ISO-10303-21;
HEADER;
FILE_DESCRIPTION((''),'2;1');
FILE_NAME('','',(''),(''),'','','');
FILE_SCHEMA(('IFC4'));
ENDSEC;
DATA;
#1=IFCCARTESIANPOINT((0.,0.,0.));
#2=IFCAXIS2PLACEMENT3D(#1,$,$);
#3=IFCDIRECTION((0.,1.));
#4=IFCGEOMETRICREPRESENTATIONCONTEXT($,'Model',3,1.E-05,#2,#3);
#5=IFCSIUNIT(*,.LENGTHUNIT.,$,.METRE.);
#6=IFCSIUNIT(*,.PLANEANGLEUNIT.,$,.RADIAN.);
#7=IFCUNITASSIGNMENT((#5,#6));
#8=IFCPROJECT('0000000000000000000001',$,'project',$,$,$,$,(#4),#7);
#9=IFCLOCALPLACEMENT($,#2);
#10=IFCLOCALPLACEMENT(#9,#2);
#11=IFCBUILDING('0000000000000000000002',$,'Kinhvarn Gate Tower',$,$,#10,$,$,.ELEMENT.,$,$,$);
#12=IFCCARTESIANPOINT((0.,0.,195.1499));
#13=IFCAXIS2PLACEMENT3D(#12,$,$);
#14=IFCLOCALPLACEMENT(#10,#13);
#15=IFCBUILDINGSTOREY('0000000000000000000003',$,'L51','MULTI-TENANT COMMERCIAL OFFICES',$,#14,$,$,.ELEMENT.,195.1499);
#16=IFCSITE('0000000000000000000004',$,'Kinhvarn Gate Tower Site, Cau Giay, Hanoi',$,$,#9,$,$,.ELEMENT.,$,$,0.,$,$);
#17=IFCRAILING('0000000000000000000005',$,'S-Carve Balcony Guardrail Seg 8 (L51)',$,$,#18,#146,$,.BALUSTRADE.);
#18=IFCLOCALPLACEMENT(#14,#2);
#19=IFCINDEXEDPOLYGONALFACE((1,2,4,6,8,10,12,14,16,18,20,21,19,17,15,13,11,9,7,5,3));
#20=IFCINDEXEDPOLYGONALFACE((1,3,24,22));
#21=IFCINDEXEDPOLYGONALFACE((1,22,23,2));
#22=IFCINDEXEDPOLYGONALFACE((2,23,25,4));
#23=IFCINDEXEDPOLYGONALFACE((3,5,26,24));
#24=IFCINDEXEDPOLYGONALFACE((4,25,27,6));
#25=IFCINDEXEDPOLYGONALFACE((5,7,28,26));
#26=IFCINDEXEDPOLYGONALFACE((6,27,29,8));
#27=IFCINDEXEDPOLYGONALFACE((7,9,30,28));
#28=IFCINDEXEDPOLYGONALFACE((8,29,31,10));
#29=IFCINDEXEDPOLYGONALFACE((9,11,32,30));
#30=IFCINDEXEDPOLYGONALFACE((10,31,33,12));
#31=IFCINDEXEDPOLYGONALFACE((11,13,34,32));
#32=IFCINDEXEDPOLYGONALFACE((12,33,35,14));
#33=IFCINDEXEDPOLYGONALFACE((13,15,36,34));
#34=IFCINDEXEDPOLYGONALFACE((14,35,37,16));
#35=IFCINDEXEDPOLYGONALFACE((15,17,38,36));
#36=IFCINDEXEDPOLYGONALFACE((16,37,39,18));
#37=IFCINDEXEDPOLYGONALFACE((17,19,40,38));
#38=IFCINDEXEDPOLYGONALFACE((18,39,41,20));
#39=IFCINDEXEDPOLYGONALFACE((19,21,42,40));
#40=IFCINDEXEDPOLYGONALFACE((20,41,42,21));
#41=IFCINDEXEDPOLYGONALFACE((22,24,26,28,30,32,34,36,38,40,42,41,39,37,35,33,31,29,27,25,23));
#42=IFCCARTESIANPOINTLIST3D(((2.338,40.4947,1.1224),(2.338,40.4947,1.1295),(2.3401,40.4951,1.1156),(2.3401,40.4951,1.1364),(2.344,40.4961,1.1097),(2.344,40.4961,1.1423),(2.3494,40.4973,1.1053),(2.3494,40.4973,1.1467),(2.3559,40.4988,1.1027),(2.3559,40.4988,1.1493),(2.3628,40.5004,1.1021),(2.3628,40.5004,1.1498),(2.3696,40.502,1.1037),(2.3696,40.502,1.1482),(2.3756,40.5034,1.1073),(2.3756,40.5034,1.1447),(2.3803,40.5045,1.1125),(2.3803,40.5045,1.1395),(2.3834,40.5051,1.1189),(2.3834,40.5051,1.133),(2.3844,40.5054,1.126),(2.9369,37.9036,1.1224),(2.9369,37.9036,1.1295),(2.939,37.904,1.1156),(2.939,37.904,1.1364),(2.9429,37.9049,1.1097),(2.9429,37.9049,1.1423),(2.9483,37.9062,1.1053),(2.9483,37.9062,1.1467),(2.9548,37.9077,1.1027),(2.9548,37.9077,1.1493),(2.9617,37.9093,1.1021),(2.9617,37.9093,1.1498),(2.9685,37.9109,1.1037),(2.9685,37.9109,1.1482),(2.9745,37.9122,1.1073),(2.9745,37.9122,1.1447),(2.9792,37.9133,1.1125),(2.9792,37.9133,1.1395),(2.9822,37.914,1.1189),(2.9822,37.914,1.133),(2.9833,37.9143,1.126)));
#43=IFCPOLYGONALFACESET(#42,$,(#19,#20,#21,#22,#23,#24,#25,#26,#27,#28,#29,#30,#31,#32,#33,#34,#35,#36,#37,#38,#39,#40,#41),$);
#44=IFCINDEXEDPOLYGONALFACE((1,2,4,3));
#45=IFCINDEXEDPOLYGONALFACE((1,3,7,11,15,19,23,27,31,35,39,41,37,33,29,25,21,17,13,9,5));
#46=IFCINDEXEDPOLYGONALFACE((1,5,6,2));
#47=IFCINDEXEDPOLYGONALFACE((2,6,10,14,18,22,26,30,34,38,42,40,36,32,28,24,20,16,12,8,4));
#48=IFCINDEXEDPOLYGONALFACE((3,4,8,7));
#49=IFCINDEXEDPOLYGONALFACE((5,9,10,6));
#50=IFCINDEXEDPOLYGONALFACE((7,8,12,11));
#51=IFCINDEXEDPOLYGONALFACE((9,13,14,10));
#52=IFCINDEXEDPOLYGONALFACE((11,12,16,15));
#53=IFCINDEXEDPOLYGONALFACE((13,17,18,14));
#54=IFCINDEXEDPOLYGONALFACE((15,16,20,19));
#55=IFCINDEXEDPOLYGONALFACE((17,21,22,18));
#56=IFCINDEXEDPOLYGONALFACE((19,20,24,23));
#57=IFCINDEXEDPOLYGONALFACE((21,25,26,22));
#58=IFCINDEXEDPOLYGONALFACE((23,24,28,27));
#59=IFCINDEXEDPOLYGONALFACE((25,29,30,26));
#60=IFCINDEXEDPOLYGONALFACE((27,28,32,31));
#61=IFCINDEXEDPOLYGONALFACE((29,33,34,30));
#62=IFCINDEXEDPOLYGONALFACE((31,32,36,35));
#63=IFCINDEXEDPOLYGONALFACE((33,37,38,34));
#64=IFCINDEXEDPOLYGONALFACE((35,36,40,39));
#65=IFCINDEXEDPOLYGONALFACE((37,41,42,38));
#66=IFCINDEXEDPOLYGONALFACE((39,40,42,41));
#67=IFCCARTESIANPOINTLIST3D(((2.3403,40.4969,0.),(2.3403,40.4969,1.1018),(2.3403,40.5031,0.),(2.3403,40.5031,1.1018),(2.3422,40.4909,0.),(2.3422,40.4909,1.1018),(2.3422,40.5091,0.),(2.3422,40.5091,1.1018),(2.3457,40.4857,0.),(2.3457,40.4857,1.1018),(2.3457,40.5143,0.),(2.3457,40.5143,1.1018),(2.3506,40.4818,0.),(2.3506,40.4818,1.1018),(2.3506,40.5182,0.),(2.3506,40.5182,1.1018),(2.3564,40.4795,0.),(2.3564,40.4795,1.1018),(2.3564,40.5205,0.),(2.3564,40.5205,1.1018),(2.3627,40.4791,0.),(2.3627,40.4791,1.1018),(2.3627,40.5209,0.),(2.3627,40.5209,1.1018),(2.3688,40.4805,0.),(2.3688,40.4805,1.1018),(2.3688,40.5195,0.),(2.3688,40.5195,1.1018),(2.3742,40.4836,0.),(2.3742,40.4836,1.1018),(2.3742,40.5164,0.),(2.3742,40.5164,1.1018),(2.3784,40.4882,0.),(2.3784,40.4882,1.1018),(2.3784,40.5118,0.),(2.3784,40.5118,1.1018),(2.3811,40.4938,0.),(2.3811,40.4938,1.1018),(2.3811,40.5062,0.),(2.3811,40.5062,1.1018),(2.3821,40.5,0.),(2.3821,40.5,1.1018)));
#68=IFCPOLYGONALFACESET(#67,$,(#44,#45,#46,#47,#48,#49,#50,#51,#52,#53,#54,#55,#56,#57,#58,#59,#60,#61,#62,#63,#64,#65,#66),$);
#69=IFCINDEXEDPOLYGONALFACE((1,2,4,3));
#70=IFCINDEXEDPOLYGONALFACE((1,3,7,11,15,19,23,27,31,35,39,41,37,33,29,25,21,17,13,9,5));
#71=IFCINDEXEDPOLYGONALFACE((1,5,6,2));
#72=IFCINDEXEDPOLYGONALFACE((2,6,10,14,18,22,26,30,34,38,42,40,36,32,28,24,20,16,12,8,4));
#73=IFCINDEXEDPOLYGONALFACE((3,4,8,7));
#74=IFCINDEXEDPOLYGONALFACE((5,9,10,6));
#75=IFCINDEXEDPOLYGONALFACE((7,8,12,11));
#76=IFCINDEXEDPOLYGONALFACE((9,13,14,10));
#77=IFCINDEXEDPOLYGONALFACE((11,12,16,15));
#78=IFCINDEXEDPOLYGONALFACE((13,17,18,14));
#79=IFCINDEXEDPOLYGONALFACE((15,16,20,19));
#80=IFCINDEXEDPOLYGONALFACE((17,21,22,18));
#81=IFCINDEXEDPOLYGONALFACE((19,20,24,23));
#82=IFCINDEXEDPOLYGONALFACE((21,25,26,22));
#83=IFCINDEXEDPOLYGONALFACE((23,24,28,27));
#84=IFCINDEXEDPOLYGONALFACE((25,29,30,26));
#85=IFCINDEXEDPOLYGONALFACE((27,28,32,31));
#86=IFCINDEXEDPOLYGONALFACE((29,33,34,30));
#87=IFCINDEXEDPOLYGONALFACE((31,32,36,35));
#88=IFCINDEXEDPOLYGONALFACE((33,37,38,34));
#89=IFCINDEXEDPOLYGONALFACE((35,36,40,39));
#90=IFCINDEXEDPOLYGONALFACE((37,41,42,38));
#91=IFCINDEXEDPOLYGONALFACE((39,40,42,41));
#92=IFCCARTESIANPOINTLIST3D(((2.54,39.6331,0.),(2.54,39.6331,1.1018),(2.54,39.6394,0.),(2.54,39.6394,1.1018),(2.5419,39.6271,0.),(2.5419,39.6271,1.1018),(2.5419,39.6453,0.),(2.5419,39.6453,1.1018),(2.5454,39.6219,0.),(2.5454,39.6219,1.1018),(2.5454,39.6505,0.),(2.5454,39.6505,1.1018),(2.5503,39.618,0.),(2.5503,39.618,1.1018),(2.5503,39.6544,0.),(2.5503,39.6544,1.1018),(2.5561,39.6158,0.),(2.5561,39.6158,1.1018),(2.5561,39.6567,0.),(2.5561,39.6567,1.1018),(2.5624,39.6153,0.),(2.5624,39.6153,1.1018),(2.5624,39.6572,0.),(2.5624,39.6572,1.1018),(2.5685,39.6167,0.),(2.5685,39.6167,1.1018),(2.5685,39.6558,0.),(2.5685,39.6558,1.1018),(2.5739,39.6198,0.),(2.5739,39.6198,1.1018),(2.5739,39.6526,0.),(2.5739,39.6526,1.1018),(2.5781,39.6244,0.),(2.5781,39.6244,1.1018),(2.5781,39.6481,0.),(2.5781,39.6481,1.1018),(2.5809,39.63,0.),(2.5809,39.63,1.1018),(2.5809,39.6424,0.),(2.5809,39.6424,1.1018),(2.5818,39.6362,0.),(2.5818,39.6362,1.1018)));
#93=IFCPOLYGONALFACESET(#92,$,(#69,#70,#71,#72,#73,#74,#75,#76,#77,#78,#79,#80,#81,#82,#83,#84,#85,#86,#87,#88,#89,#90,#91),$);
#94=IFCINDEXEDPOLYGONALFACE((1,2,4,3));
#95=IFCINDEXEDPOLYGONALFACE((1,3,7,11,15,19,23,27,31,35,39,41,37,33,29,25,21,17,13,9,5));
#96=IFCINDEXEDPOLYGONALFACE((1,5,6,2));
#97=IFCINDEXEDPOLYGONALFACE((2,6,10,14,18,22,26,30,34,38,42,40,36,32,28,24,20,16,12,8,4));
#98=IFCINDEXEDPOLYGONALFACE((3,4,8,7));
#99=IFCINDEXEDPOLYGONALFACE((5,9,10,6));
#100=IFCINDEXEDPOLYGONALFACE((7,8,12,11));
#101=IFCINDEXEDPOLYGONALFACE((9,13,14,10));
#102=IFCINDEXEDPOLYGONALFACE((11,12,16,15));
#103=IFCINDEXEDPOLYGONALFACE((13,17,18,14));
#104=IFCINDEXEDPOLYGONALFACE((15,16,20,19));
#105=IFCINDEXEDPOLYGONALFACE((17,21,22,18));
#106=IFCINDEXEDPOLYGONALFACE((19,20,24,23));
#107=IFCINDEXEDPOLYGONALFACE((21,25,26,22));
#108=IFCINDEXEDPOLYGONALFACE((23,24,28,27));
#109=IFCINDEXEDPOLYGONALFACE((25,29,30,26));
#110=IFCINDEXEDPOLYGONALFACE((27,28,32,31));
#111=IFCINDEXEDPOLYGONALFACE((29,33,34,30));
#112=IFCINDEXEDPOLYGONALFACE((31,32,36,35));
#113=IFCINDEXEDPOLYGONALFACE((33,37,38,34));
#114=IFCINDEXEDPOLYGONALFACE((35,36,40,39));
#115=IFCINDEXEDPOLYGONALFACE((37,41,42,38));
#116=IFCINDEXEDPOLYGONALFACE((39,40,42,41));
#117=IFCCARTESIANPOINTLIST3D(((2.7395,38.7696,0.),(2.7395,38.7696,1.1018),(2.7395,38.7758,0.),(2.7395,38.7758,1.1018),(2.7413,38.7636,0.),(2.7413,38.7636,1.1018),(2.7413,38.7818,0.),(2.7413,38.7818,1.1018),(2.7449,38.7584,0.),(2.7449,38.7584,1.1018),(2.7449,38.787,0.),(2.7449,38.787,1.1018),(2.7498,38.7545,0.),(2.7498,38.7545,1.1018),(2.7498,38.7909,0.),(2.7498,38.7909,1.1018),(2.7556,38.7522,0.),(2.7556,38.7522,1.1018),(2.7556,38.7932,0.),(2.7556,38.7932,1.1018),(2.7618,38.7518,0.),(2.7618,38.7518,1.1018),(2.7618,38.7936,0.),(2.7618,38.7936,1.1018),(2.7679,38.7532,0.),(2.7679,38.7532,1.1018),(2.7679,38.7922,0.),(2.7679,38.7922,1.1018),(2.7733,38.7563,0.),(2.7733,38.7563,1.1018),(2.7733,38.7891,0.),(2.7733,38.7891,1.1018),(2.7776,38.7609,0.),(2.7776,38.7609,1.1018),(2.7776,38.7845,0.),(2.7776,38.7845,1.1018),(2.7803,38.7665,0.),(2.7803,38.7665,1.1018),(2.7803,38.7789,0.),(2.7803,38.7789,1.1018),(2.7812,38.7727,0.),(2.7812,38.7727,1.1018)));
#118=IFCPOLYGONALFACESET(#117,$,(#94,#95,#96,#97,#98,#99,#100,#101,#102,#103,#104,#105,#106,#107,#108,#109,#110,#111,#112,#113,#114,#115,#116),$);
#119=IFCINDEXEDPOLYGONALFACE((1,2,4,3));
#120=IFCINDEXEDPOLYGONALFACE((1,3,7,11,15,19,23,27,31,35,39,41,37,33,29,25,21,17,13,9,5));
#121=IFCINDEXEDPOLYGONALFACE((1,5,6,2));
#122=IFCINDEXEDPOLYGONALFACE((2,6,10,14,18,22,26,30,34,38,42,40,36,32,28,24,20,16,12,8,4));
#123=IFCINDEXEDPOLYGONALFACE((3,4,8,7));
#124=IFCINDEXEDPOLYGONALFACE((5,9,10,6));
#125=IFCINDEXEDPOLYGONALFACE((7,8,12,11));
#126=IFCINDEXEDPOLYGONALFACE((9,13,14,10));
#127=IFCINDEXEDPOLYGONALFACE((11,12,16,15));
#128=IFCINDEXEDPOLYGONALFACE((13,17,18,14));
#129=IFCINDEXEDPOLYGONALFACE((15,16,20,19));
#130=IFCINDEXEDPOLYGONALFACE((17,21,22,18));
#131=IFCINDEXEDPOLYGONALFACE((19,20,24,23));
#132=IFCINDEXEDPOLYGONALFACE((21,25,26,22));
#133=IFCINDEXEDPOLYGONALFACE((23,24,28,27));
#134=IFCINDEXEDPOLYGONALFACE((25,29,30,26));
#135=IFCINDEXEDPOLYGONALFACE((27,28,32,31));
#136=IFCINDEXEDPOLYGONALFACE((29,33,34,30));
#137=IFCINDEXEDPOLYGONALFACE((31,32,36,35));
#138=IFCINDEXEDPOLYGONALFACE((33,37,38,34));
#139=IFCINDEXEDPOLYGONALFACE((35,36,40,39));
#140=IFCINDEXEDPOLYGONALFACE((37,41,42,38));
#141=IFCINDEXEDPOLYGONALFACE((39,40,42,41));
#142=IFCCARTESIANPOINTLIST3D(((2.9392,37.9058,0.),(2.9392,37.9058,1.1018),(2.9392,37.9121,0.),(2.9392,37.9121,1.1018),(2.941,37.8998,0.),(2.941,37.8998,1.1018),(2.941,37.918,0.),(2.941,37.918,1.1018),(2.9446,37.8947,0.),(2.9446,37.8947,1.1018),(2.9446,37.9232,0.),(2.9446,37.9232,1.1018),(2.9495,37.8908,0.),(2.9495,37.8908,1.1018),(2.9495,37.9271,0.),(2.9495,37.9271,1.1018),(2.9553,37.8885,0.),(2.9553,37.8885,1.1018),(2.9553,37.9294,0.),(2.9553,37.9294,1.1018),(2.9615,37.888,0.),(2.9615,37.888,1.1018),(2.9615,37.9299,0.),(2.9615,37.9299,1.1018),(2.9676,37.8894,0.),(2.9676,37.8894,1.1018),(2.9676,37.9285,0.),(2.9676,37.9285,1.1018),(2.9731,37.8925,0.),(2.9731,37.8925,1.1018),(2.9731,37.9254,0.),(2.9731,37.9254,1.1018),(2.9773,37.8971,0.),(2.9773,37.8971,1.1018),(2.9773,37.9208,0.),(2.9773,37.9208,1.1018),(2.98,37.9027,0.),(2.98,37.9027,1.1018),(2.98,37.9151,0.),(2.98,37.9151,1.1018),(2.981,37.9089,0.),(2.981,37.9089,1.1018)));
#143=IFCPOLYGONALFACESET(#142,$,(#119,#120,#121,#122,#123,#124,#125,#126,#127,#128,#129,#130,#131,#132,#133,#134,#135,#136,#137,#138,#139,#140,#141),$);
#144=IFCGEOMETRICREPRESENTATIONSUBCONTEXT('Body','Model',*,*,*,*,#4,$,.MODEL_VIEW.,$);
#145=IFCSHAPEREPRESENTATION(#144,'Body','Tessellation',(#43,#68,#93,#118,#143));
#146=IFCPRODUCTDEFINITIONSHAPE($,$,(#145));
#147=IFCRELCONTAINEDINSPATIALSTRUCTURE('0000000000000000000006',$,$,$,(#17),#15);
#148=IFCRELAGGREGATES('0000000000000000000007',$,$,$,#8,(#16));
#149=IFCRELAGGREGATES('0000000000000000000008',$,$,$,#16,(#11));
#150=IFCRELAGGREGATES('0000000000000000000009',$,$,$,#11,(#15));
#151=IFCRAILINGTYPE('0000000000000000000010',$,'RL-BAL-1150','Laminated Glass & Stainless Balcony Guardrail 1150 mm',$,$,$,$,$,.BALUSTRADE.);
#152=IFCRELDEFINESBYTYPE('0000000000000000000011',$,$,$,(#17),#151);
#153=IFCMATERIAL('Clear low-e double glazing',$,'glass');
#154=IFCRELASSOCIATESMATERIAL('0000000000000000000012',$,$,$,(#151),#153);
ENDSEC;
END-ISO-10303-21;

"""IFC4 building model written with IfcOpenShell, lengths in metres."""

from ifc_helpers import new_model, si_unit, direction, frame, origin, origin_2d, place, context, subcontext, project, spatial, circle, extrude, material, type_object, element, save


model = new_model("IFC4")

# Units and contexts
model_context = context("Model", 3, precision=1e-05, world=origin(), true_north=direction((0.0, 1.0)))
body_context = subcontext(model_context, "Body", "Model", "MODEL_VIEW")
ifc_project = project(units=[si_unit("LENGTHUNIT", "METRE"), si_unit("PLANEANGLEUNIT", "RADIAN")], contexts=[model_context])

# Site, building, storey
site_placement = place(None, origin())
site = spatial("IfcSite", under=ifc_project, at=site_placement, Name="Kinhvarn Gate Tower Site, Cau Giay, Hanoi", CompositionType="ELEMENT", RefElevation=0.0)
building_placement = place(site_placement, origin())
building = spatial("IfcBuilding", under=site, at=building_placement, Name="Kinhvarn Gate Tower", CompositionType="ELEMENT")
storey_placement = place(building_placement, frame((0.0, 0.0, 195.1499)))
storey = spatial("IfcBuildingStorey", under=building, at=storey_placement, Name="L51", Description="MULTI-TENANT COMMERCIAL OFFICES", CompositionType="ELEMENT", Elevation=195.1499)

# Shared definitions
ifc_material_1 = material(Name="Clear low-e double glazing", Category="glass")

# Railing
railing_type = type_object("IfcRailingType", Name="RL-BAL-1150", Description="Laminated Glass & Stainless Balcony Guardrail 1150 mm", PredefinedType="BALUSTRADE", material=ifc_material_1)
railing_1_placement = place(storey_placement, frame((2.3611, 40.5, 0.0)))
element("IfcRailing", 1, at=railing_1_placement, inside=storey, type_object=railing_type, Name="S-Carve Balcony Guardrail Seg 8 (L51)", PredefinedType="BALUSTRADE", context=body_context, shape_type="SweptSolid", body=[
    extrude(circle(Radius=0.0239, at=origin_2d()), frame((0.0, 0.0, 1.126), z_axis=(0.225195, -0.974314, 0.0), x_axis=(0.974314, 0.225195, 0.0)), (0.0, 0.0, 1.0), 2.6594),
    extrude(circle(Radius=0.021, at=origin_2d()), origin(), (0.0, 0.0, 1.0), 1.1018),
    extrude(circle(Radius=0.021, at=origin_2d()), frame((0.1997, -0.8638, 0.0)), (0.0, 0.0, 1.0), 1.1018),
    extrude(circle(Radius=0.021, at=origin_2d()), frame((0.3992, -1.7273, 0.0)), (0.0, 0.0, 1.0), 1.1018),
    extrude(circle(Radius=0.021, at=origin_2d()), frame((0.5989, -2.5911, 0.0)), (0.0, 0.0, 1.0), 1.1018),
])

save(model, "model.ifc")
